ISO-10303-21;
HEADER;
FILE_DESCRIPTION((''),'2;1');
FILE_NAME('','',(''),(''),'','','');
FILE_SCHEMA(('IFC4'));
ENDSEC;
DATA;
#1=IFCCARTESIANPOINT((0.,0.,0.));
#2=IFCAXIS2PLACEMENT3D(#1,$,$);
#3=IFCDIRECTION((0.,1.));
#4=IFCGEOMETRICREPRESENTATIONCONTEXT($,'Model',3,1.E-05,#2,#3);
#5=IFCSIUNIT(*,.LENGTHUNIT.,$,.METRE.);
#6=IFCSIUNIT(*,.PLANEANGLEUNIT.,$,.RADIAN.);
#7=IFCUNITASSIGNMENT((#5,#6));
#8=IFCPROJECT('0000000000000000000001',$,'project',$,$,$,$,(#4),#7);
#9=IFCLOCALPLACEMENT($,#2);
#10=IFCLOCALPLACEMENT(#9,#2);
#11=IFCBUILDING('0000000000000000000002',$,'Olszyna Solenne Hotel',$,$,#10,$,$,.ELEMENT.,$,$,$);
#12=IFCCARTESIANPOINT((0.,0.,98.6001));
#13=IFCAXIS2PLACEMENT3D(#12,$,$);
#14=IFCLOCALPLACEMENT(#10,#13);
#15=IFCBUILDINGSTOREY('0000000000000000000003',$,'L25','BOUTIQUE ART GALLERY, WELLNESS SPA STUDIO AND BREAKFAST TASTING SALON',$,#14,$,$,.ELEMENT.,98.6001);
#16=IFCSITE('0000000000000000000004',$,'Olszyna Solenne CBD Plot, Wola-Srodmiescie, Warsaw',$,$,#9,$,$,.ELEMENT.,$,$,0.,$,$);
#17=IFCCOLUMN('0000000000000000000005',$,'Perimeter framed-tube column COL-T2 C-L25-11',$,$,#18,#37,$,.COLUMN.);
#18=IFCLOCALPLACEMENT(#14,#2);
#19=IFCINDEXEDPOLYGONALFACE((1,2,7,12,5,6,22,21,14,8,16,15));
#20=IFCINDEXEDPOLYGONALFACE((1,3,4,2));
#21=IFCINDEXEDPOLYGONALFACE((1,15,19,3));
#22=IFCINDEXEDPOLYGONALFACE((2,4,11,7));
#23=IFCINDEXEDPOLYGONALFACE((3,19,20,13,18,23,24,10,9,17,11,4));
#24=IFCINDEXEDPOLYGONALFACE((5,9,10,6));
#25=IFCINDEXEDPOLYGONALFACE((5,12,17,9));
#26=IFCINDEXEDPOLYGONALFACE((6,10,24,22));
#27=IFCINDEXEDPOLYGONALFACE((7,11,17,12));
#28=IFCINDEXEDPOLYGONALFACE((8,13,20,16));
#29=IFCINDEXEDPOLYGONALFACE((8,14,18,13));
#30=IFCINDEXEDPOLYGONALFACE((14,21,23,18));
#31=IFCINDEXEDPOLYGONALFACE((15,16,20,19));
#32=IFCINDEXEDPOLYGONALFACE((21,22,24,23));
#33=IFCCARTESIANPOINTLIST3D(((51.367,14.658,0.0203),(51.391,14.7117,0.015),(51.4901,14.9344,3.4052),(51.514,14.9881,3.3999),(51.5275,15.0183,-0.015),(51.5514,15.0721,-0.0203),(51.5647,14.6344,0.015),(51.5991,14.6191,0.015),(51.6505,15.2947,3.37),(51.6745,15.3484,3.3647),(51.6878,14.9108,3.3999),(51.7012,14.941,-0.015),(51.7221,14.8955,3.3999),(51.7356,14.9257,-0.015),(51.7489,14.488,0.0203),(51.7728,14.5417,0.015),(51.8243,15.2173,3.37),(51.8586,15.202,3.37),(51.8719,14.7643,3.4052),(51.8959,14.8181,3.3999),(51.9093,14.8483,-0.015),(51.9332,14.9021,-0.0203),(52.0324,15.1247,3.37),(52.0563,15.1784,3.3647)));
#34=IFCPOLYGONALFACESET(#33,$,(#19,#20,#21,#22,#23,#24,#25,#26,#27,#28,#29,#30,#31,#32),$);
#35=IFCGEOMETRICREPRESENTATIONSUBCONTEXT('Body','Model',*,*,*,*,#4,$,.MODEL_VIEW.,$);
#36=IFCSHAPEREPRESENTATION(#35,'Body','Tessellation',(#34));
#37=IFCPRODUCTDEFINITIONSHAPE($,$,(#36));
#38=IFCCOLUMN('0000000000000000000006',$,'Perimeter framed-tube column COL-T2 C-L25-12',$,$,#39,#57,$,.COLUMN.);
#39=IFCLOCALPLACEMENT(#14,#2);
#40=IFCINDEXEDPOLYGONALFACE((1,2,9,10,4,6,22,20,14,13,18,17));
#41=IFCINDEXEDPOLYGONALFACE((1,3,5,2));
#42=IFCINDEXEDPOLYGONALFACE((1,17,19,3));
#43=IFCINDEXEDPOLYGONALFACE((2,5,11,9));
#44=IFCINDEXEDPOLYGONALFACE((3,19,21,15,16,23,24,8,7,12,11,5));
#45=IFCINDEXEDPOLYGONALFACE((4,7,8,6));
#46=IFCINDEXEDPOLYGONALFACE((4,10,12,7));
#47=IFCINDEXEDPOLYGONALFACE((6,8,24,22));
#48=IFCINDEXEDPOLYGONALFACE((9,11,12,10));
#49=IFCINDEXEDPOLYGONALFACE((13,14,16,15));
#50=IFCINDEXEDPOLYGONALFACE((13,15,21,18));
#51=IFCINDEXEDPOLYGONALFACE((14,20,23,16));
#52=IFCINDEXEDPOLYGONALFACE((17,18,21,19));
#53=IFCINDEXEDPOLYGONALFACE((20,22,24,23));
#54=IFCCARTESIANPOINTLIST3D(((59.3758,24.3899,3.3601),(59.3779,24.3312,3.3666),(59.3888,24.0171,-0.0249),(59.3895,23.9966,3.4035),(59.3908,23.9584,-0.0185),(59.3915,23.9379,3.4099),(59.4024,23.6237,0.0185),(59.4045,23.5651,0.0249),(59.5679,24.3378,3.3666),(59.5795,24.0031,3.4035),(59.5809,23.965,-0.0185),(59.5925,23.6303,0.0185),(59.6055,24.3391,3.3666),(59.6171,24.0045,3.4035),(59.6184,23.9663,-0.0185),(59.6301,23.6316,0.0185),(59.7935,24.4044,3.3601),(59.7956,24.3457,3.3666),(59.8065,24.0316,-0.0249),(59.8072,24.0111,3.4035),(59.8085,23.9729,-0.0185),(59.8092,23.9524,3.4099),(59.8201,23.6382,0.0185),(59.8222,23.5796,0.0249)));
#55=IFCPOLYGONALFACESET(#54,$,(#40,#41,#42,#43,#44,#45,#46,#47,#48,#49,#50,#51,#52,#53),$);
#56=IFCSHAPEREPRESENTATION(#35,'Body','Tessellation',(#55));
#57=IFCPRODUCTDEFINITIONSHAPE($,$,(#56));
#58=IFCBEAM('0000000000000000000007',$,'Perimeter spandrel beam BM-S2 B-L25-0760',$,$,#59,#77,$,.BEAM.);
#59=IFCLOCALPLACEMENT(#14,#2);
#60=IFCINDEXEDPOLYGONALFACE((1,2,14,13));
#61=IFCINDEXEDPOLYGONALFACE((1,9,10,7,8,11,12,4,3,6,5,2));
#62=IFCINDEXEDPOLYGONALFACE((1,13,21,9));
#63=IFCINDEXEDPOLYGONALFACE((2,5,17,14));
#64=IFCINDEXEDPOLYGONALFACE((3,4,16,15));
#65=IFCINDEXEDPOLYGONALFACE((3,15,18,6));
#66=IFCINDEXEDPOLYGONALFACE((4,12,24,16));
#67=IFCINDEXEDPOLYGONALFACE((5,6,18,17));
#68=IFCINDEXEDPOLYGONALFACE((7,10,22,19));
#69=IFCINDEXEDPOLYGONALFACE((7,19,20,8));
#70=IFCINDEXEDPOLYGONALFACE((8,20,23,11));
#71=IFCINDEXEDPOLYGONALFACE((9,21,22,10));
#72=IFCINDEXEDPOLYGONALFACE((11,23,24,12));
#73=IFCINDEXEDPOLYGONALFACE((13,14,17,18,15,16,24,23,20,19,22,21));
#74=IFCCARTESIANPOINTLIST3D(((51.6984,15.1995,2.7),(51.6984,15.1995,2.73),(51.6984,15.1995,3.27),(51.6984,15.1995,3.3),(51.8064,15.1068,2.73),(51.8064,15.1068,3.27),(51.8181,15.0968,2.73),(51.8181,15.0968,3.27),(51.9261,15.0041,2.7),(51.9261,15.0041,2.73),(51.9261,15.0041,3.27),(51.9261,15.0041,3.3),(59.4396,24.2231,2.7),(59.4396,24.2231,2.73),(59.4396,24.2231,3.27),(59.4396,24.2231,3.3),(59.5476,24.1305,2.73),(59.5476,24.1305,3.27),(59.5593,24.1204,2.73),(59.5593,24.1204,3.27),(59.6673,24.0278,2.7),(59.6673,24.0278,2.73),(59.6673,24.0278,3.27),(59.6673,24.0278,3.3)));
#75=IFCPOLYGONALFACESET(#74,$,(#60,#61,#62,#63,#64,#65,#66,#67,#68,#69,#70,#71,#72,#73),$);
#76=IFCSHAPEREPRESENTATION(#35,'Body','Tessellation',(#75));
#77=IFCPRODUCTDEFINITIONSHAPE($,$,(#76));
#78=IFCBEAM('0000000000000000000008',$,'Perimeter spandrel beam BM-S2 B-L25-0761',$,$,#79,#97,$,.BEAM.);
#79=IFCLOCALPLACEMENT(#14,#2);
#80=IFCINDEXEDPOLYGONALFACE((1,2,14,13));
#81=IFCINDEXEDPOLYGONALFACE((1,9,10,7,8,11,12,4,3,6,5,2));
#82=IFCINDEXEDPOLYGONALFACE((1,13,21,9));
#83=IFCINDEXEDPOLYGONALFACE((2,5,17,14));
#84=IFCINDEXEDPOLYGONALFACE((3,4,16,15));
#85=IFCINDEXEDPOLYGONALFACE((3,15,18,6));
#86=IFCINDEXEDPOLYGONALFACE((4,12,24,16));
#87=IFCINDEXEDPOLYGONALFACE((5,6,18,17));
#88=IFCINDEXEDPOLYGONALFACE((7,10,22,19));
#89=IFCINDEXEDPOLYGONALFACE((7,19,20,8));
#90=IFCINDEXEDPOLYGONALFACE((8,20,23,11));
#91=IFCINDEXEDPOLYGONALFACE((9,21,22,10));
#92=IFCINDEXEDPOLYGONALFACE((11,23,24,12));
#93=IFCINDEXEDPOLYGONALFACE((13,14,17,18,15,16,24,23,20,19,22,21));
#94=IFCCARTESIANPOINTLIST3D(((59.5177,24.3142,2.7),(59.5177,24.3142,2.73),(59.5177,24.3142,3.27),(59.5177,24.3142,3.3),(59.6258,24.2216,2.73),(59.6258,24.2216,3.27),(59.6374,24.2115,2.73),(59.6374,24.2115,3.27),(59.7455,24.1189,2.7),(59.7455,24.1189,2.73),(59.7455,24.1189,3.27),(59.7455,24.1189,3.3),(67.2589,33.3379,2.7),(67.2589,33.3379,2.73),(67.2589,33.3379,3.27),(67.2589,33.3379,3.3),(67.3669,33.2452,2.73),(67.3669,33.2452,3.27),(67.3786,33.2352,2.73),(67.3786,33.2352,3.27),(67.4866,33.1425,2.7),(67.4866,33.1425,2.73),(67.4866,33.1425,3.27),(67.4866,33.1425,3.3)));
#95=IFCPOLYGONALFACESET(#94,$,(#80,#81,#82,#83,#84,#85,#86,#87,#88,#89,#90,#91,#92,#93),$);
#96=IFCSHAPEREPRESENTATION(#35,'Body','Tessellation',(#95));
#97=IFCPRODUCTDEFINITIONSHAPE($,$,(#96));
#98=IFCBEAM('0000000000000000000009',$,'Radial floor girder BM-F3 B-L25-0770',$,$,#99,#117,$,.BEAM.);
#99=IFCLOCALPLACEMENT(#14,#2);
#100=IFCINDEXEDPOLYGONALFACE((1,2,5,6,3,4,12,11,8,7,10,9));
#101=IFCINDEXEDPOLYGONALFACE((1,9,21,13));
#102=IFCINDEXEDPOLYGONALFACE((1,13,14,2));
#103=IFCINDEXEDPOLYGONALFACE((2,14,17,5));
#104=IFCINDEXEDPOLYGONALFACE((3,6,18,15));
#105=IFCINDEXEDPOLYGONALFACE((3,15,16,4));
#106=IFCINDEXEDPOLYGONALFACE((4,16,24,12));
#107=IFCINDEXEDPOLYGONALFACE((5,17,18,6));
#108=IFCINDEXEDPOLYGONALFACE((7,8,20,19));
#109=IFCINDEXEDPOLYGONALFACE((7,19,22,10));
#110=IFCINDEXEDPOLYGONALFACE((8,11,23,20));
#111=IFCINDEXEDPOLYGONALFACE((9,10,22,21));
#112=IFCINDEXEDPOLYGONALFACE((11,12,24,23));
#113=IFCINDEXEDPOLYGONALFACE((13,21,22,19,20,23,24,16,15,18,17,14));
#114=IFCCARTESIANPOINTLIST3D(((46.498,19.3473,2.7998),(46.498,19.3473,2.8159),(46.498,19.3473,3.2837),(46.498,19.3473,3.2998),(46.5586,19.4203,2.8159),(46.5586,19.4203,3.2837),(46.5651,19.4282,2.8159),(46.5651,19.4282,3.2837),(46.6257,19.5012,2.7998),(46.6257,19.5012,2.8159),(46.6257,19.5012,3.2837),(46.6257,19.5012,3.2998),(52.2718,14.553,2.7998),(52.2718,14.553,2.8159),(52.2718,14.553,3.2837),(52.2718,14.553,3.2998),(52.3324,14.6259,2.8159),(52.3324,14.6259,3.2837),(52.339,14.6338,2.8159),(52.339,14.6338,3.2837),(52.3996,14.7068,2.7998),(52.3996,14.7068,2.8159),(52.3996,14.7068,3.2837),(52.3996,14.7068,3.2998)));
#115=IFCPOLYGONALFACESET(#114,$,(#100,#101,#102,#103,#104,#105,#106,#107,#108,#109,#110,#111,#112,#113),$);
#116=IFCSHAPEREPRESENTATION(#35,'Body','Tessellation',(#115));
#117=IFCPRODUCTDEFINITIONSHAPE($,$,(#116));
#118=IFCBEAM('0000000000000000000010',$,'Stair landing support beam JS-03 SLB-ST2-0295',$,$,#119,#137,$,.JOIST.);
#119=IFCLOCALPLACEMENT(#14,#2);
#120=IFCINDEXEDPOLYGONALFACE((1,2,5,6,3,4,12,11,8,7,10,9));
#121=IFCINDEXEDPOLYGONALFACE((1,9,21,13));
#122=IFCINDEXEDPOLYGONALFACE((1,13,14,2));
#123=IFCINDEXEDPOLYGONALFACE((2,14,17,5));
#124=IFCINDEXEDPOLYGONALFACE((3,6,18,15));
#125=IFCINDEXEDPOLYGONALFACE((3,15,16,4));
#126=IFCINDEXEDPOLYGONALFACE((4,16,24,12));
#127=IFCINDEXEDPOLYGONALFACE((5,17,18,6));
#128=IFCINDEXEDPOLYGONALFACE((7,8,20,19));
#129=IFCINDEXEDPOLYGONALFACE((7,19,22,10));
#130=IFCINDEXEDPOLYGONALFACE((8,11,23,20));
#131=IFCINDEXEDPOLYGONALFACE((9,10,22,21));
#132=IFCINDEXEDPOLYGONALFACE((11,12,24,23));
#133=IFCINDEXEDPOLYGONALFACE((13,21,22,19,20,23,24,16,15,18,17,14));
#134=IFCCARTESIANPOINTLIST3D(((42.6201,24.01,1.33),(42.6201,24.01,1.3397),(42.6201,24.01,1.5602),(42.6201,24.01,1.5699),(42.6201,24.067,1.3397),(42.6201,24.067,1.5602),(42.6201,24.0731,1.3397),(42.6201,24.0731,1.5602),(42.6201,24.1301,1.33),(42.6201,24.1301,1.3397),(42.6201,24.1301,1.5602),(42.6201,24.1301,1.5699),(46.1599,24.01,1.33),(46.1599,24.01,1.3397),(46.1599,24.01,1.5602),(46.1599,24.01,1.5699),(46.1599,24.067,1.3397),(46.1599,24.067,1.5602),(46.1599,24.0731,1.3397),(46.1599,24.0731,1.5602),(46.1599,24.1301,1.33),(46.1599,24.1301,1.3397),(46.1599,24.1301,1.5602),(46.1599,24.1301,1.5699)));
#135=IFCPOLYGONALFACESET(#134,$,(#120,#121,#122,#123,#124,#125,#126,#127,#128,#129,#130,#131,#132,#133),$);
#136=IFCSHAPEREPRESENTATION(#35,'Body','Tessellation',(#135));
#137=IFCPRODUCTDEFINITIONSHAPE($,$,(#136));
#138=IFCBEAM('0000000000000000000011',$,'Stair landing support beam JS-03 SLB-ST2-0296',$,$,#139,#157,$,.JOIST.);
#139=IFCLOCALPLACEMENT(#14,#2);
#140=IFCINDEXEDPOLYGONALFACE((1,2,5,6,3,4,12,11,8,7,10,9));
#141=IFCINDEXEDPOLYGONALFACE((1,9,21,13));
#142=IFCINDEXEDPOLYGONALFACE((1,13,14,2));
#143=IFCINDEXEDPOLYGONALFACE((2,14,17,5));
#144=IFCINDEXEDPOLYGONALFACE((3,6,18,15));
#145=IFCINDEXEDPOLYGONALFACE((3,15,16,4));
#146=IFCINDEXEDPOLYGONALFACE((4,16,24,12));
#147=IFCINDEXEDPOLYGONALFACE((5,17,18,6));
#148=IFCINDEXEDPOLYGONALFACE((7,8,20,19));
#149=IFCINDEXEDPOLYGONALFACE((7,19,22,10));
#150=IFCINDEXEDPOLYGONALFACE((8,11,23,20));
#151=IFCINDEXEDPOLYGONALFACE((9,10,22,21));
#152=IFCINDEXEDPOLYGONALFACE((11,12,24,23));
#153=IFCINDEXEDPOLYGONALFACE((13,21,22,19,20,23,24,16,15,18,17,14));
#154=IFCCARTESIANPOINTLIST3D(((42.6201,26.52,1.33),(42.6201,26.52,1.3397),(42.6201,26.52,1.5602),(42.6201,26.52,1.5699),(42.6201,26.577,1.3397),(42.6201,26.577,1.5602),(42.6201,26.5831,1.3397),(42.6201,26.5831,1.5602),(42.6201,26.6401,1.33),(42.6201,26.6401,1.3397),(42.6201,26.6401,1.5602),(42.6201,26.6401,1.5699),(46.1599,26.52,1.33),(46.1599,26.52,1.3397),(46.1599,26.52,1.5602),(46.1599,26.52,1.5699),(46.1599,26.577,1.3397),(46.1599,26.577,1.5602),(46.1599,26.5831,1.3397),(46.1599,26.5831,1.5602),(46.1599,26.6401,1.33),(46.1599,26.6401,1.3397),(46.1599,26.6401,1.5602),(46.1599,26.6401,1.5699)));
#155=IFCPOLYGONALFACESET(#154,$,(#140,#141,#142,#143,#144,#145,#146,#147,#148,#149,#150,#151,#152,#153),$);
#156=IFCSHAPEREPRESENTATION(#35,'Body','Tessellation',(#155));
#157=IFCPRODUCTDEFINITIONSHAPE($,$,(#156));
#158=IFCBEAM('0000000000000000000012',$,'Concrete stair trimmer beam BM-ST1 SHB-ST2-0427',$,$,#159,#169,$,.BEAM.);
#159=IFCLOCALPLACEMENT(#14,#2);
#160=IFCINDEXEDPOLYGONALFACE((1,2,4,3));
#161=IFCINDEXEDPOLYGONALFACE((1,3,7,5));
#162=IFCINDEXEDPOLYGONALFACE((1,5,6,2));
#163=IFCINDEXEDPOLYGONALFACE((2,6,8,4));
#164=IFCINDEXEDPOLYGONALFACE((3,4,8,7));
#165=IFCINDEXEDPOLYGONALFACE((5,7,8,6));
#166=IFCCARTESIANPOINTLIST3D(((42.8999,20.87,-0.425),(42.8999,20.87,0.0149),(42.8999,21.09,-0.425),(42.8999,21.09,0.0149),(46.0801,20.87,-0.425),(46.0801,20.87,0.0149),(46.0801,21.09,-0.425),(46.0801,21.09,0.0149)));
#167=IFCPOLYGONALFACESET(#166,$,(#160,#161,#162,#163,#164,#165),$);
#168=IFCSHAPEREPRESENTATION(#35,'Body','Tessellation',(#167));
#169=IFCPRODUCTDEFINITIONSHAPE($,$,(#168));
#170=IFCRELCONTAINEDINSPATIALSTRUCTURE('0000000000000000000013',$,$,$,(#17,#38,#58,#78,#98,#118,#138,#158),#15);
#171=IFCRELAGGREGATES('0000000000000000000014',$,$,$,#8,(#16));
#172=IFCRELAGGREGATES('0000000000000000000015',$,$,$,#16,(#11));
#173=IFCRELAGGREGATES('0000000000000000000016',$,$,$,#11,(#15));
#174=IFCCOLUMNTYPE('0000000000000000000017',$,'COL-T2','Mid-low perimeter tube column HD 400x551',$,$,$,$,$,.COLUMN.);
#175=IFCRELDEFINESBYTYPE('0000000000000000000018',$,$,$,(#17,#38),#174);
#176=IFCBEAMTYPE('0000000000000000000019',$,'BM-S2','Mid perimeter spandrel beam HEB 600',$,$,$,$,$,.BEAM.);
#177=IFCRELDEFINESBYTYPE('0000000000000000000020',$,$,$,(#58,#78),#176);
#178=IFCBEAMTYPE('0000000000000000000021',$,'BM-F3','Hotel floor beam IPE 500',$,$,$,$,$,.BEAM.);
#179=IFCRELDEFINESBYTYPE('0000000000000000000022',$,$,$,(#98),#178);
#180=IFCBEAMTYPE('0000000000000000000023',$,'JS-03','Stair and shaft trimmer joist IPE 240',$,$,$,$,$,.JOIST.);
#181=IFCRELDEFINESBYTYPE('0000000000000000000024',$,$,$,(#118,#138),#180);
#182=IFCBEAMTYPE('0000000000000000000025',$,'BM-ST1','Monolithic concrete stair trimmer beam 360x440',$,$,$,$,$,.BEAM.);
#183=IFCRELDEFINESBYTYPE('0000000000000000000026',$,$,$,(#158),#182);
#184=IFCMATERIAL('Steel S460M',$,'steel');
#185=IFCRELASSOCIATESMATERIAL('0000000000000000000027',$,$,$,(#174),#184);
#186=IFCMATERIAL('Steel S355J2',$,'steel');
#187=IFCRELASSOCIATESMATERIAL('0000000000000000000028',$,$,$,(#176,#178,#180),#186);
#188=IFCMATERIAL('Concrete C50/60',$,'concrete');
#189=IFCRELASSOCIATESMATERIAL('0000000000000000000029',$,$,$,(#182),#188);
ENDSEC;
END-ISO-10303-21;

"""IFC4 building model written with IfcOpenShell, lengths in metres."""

from ifc_helpers import new_model, si_unit, direction, frame, origin, origin_2d, place, context, subcontext, project, spatial, rectangle, i_section, extrude, source, transform, mapped, material, material_profile, profile_set, type_object, element, save


model = new_model("IFC4")

# Units and contexts
model_context = context("Model", 3, precision=1e-05, world=origin(), true_north=direction((0.0, 1.0)))
body_context = subcontext(model_context, "Body", "Model", "MODEL_VIEW")
ifc_project = project(units=[si_unit("LENGTHUNIT", "METRE"), si_unit("PLANEANGLEUNIT", "RADIAN")], contexts=[model_context])

# Site, building, storey
site_placement = place(None, origin())
site = spatial("IfcSite", under=ifc_project, at=site_placement, Name="Olszyna Solenne CBD Plot, Wola-Srodmiescie, Warsaw", CompositionType="ELEMENT", RefElevation=0.0)
building_placement = place(site_placement, origin())
building = spatial("IfcBuilding", under=site, at=building_placement, Name="Olszyna Solenne Hotel", CompositionType="ELEMENT")
storey_placement = place(building_placement, frame((0.0, 0.0, 98.6001)))
storey = spatial("IfcBuildingStorey", under=building, at=storey_placement, Name="L25", Description="BOUTIQUE ART GALLERY, WELLNESS SPA STUDIO AND BREAKFAST TASTING SALON", CompositionType="ELEMENT", Elevation=98.6001)

# Columns
ifc_material_1 = material(Name="Steel S460M", Category="steel")
ifc_material_profile_1 = material_profile(ifc_material_1, i_section(OverallWidth=0.418, OverallDepth=0.4551, WebThickness=0.0376, FlangeThickness=0.0591, at=origin_2d()), Name="HD 400x551", Category="load-bearing")
ifc_profile_set_1 = profile_set([ifc_material_profile_1], Name="Steel S460M")
column_type = type_object("IfcColumnType", Name="COL-T2", Description="Mid-low perimeter tube column HD 400x551", PredefinedType="COLUMN", material=ifc_profile_set_1)
shared_shape_1 = source(origin(), body_context, "Body", "SweptSolid", [
    extrude(i_section(OverallWidth=0.418, OverallDepth=0.4551, WebThickness=0.0376, FlangeThickness=0.0591, at=origin_2d()), origin(), (0.0, 0.0, 1.0), 3.3984),
])
column_1_placement = place(storey_placement, frame((51.6501, 14.78, 0.0), z_axis=(0.036206, 0.08132, 0.99603), x_axis=(-0.913545, 0.406737, 0.0)))
element("IfcColumn", 1, at=column_1_placement, inside=storey, type_object=column_type, Name="Perimeter framed-tube column COL-T2 C-L25-11", PredefinedType="COLUMN", context=body_context, shape_type="MappedRepresentation", body=[
    mapped(shared_shape_1, transform((0.0, 0.0, 0.0), x_axis=(1.0, 0.0, 0.0), y_axis=(0.0, 1.0, 0.0), z_axis=(0.0, 0.0, 1.0), scale=1.0)),
])
shared_shape_2 = source(origin(), body_context, "Body", "SweptSolid", [
    extrude(i_section(OverallWidth=0.418, OverallDepth=0.4551, WebThickness=0.0376, FlangeThickness=0.0591, at=origin_2d()), origin(), (0.0, 0.0, 1.0), 3.4055),
])
column_2_placement = place(storey_placement, frame((59.6055, 23.7983, 0.0), z_axis=(-0.0038, 0.109471, 0.993983), x_axis=(-0.999398, -0.034688, 0.0)))
element("IfcColumn", 2, at=column_2_placement, inside=storey, type_object=column_type, Name="Perimeter framed-tube column COL-T2 C-L25-12", PredefinedType="COLUMN", context=body_context, shape_type="MappedRepresentation", body=[
    mapped(shared_shape_2, transform((0.0, 0.0, 0.0), x_axis=(1.0, 0.0, 0.0), y_axis=(0.0, 1.0, 0.0), z_axis=(0.0, 0.0, 1.0), scale=1.0)),
])

# Beams
ifc_material_2 = material(Name="Steel S355J2", Category="steel")
ifc_material_profile_2 = material_profile(ifc_material_2, i_section(OverallWidth=0.3, OverallDepth=0.6001, WebThickness=0.0154, FlangeThickness=0.03, at=origin_2d()), Name="HEB 600", Category="load-bearing")
ifc_profile_set_2 = profile_set([ifc_material_profile_2], Name="Steel S355J2")
beam_type_1 = type_object("IfcBeamType", Name="BM-S2", Description="Mid perimeter spandrel beam HEB 600", PredefinedType="BEAM", material=ifc_profile_set_2)
shared_shape_3 = source(origin(), body_context, "Body", "SweptSolid", [
    extrude(i_section(OverallWidth=0.3, OverallDepth=0.6001, WebThickness=0.0154, FlangeThickness=0.03, at=origin_2d()), origin(), (0.0, 0.0, 1.0), 11.8892),
])
for number, where, z_axis, x_axis, name in (
    (3, (51.8123, 15.1018, 3.0), (0.651113, 0.758981, 0.0), (-0.758981, 0.651113, 0.0), "Perimeter spandrel beam BM-S2 B-L25-0760"),
    (4, (59.6316, 24.2166, 3.0), (0.651113, 0.758981, 0.0), (-0.758981, 0.651113, 0.0), "Perimeter spandrel beam BM-S2 B-L25-0761"),
):
    element("IfcBeam", number, at=place(storey_placement, frame(where, z_axis=z_axis, x_axis=x_axis)), inside=storey, type_object=beam_type_1, Name=name, PredefinedType="BEAM", context=body_context, shape_type="MappedRepresentation", body=[
        mapped(shared_shape_3, transform((0.0, 0.0, 0.0), x_axis=(1.0, 0.0, 0.0), y_axis=(0.0, 1.0, 0.0), z_axis=(0.0, 0.0, 1.0), scale=1.0)),
    ])
ifc_material_profile_3 = material_profile(ifc_material_2, i_section(OverallWidth=0.2, OverallDepth=0.5, WebThickness=0.0103, FlangeThickness=0.0161, at=origin_2d()), Name="IPE 500", Category="load-bearing")
ifc_profile_set_3 = profile_set([ifc_material_profile_3], Name="Steel S355J2")
beam_type_2 = type_object("IfcBeamType", Name="BM-F3", Description="Hotel floor beam IPE 500", PredefinedType="BEAM", material=ifc_profile_set_3)
shared_shape_4 = source(origin(), body_context, "Body", "SweptSolid", [
    extrude(i_section(OverallWidth=0.2, OverallDepth=0.5, WebThickness=0.0103, FlangeThickness=0.0161, at=origin_2d()), origin(), (0.0, 0.0, 1.0), 7.5049),
])
beam_1_placement = place(storey_placement, frame((52.3357, 14.6299, 3.0498), z_axis=(-0.769345, 0.638833, 0.0), x_axis=(-0.638833, -0.769345, 0.0)))
element("IfcBeam", 5, at=beam_1_placement, inside=storey, type_object=beam_type_2, Name="Radial floor girder BM-F3 B-L25-0770", PredefinedType="BEAM", context=body_context, shape_type="MappedRepresentation", body=[
    mapped(shared_shape_4, transform((0.0, 0.0, 0.0), x_axis=(1.0, 0.0, 0.0), y_axis=(0.0, 1.0, 0.0), z_axis=(0.0, 0.0, 1.0), scale=1.0)),
])
ifc_material_profile_4 = material_profile(ifc_material_2, i_section(OverallWidth=0.1201, OverallDepth=0.24, WebThickness=0.0061, FlangeThickness=0.0098, at=origin_2d()), Name="IPE 240", Category="load-bearing")
ifc_profile_set_4 = profile_set([ifc_material_profile_4], Name="Steel S355J2")
beam_type_3 = type_object("IfcBeamType", Name="JS-03", Description="Stair and shaft trimmer joist IPE 240", PredefinedType="JOIST", material=ifc_profile_set_4)
shared_shape_5 = source(origin(), body_context, "Body", "SweptSolid", [
    extrude(i_section(OverallWidth=0.1201, OverallDepth=0.24, WebThickness=0.0061, FlangeThickness=0.0098, at=origin_2d()), origin(), (0.0, 0.0, 1.0), 3.5398),
])
for number, where, z_axis, x_axis, name in (
    (6, (46.1599, 24.0701, 1.45), (-1.0, 0.0, 0.0), (0.0, -1.0, 0.0), "Stair landing support beam JS-03 SLB-ST2-0295"),
    (7, (46.1599, 26.5801, 1.45), (-1.0, 0.0, 0.0), (0.0, -1.0, 0.0), "Stair landing support beam JS-03 SLB-ST2-0296"),
):
    element("IfcBeam", number, at=place(storey_placement, frame(where, z_axis=z_axis, x_axis=x_axis)), inside=storey, type_object=beam_type_3, Name=name, PredefinedType="JOIST", context=body_context, shape_type="MappedRepresentation", body=[
        mapped(shared_shape_5, transform((0.0, 0.0, 0.0), x_axis=(1.0, 0.0, 0.0), y_axis=(0.0, 1.0, 0.0), z_axis=(0.0, 0.0, 1.0), scale=1.0)),
    ])
ifc_material_3 = material(Name="Concrete C50/60", Category="concrete")
ifc_material_profile_5 = material_profile(ifc_material_3, rectangle(XDim=0.22, YDim=0.4399, at=origin_2d()), Name="RC 220x440", Category="load-bearing")
ifc_profile_set_5 = profile_set([ifc_material_profile_5], Name="Concrete C50/60")
beam_type_4 = type_object("IfcBeamType", Name="BM-ST1", Description="Monolithic concrete stair trimmer beam 360x440", PredefinedType="BEAM", material=ifc_profile_set_5)
shared_shape_6 = source(origin(), body_context, "Body", "SweptSolid", [
    extrude(rectangle(XDim=0.22, YDim=0.4399, at=origin_2d()), origin(), (0.0, 0.0, 1.0), 3.1802),
])
beam_2_placement = place(storey_placement, frame((46.0801, 20.98, -0.2051), z_axis=(-1.0, 0.0, 0.0), x_axis=(0.0, -1.0, 0.0)))
element("IfcBeam", 8, at=beam_2_placement, inside=storey, type_object=beam_type_4, Name="Concrete stair trimmer beam BM-ST1 SHB-ST2-0427", PredefinedType="BEAM", context=body_context, shape_type="MappedRepresentation", body=[
    mapped(shared_shape_6, transform((0.0, 0.0, 0.0), x_axis=(1.0, 0.0, 0.0), y_axis=(0.0, 1.0, 0.0), z_axis=(0.0, 0.0, 1.0), scale=1.0)),
])

save(model, "model.ifc")
